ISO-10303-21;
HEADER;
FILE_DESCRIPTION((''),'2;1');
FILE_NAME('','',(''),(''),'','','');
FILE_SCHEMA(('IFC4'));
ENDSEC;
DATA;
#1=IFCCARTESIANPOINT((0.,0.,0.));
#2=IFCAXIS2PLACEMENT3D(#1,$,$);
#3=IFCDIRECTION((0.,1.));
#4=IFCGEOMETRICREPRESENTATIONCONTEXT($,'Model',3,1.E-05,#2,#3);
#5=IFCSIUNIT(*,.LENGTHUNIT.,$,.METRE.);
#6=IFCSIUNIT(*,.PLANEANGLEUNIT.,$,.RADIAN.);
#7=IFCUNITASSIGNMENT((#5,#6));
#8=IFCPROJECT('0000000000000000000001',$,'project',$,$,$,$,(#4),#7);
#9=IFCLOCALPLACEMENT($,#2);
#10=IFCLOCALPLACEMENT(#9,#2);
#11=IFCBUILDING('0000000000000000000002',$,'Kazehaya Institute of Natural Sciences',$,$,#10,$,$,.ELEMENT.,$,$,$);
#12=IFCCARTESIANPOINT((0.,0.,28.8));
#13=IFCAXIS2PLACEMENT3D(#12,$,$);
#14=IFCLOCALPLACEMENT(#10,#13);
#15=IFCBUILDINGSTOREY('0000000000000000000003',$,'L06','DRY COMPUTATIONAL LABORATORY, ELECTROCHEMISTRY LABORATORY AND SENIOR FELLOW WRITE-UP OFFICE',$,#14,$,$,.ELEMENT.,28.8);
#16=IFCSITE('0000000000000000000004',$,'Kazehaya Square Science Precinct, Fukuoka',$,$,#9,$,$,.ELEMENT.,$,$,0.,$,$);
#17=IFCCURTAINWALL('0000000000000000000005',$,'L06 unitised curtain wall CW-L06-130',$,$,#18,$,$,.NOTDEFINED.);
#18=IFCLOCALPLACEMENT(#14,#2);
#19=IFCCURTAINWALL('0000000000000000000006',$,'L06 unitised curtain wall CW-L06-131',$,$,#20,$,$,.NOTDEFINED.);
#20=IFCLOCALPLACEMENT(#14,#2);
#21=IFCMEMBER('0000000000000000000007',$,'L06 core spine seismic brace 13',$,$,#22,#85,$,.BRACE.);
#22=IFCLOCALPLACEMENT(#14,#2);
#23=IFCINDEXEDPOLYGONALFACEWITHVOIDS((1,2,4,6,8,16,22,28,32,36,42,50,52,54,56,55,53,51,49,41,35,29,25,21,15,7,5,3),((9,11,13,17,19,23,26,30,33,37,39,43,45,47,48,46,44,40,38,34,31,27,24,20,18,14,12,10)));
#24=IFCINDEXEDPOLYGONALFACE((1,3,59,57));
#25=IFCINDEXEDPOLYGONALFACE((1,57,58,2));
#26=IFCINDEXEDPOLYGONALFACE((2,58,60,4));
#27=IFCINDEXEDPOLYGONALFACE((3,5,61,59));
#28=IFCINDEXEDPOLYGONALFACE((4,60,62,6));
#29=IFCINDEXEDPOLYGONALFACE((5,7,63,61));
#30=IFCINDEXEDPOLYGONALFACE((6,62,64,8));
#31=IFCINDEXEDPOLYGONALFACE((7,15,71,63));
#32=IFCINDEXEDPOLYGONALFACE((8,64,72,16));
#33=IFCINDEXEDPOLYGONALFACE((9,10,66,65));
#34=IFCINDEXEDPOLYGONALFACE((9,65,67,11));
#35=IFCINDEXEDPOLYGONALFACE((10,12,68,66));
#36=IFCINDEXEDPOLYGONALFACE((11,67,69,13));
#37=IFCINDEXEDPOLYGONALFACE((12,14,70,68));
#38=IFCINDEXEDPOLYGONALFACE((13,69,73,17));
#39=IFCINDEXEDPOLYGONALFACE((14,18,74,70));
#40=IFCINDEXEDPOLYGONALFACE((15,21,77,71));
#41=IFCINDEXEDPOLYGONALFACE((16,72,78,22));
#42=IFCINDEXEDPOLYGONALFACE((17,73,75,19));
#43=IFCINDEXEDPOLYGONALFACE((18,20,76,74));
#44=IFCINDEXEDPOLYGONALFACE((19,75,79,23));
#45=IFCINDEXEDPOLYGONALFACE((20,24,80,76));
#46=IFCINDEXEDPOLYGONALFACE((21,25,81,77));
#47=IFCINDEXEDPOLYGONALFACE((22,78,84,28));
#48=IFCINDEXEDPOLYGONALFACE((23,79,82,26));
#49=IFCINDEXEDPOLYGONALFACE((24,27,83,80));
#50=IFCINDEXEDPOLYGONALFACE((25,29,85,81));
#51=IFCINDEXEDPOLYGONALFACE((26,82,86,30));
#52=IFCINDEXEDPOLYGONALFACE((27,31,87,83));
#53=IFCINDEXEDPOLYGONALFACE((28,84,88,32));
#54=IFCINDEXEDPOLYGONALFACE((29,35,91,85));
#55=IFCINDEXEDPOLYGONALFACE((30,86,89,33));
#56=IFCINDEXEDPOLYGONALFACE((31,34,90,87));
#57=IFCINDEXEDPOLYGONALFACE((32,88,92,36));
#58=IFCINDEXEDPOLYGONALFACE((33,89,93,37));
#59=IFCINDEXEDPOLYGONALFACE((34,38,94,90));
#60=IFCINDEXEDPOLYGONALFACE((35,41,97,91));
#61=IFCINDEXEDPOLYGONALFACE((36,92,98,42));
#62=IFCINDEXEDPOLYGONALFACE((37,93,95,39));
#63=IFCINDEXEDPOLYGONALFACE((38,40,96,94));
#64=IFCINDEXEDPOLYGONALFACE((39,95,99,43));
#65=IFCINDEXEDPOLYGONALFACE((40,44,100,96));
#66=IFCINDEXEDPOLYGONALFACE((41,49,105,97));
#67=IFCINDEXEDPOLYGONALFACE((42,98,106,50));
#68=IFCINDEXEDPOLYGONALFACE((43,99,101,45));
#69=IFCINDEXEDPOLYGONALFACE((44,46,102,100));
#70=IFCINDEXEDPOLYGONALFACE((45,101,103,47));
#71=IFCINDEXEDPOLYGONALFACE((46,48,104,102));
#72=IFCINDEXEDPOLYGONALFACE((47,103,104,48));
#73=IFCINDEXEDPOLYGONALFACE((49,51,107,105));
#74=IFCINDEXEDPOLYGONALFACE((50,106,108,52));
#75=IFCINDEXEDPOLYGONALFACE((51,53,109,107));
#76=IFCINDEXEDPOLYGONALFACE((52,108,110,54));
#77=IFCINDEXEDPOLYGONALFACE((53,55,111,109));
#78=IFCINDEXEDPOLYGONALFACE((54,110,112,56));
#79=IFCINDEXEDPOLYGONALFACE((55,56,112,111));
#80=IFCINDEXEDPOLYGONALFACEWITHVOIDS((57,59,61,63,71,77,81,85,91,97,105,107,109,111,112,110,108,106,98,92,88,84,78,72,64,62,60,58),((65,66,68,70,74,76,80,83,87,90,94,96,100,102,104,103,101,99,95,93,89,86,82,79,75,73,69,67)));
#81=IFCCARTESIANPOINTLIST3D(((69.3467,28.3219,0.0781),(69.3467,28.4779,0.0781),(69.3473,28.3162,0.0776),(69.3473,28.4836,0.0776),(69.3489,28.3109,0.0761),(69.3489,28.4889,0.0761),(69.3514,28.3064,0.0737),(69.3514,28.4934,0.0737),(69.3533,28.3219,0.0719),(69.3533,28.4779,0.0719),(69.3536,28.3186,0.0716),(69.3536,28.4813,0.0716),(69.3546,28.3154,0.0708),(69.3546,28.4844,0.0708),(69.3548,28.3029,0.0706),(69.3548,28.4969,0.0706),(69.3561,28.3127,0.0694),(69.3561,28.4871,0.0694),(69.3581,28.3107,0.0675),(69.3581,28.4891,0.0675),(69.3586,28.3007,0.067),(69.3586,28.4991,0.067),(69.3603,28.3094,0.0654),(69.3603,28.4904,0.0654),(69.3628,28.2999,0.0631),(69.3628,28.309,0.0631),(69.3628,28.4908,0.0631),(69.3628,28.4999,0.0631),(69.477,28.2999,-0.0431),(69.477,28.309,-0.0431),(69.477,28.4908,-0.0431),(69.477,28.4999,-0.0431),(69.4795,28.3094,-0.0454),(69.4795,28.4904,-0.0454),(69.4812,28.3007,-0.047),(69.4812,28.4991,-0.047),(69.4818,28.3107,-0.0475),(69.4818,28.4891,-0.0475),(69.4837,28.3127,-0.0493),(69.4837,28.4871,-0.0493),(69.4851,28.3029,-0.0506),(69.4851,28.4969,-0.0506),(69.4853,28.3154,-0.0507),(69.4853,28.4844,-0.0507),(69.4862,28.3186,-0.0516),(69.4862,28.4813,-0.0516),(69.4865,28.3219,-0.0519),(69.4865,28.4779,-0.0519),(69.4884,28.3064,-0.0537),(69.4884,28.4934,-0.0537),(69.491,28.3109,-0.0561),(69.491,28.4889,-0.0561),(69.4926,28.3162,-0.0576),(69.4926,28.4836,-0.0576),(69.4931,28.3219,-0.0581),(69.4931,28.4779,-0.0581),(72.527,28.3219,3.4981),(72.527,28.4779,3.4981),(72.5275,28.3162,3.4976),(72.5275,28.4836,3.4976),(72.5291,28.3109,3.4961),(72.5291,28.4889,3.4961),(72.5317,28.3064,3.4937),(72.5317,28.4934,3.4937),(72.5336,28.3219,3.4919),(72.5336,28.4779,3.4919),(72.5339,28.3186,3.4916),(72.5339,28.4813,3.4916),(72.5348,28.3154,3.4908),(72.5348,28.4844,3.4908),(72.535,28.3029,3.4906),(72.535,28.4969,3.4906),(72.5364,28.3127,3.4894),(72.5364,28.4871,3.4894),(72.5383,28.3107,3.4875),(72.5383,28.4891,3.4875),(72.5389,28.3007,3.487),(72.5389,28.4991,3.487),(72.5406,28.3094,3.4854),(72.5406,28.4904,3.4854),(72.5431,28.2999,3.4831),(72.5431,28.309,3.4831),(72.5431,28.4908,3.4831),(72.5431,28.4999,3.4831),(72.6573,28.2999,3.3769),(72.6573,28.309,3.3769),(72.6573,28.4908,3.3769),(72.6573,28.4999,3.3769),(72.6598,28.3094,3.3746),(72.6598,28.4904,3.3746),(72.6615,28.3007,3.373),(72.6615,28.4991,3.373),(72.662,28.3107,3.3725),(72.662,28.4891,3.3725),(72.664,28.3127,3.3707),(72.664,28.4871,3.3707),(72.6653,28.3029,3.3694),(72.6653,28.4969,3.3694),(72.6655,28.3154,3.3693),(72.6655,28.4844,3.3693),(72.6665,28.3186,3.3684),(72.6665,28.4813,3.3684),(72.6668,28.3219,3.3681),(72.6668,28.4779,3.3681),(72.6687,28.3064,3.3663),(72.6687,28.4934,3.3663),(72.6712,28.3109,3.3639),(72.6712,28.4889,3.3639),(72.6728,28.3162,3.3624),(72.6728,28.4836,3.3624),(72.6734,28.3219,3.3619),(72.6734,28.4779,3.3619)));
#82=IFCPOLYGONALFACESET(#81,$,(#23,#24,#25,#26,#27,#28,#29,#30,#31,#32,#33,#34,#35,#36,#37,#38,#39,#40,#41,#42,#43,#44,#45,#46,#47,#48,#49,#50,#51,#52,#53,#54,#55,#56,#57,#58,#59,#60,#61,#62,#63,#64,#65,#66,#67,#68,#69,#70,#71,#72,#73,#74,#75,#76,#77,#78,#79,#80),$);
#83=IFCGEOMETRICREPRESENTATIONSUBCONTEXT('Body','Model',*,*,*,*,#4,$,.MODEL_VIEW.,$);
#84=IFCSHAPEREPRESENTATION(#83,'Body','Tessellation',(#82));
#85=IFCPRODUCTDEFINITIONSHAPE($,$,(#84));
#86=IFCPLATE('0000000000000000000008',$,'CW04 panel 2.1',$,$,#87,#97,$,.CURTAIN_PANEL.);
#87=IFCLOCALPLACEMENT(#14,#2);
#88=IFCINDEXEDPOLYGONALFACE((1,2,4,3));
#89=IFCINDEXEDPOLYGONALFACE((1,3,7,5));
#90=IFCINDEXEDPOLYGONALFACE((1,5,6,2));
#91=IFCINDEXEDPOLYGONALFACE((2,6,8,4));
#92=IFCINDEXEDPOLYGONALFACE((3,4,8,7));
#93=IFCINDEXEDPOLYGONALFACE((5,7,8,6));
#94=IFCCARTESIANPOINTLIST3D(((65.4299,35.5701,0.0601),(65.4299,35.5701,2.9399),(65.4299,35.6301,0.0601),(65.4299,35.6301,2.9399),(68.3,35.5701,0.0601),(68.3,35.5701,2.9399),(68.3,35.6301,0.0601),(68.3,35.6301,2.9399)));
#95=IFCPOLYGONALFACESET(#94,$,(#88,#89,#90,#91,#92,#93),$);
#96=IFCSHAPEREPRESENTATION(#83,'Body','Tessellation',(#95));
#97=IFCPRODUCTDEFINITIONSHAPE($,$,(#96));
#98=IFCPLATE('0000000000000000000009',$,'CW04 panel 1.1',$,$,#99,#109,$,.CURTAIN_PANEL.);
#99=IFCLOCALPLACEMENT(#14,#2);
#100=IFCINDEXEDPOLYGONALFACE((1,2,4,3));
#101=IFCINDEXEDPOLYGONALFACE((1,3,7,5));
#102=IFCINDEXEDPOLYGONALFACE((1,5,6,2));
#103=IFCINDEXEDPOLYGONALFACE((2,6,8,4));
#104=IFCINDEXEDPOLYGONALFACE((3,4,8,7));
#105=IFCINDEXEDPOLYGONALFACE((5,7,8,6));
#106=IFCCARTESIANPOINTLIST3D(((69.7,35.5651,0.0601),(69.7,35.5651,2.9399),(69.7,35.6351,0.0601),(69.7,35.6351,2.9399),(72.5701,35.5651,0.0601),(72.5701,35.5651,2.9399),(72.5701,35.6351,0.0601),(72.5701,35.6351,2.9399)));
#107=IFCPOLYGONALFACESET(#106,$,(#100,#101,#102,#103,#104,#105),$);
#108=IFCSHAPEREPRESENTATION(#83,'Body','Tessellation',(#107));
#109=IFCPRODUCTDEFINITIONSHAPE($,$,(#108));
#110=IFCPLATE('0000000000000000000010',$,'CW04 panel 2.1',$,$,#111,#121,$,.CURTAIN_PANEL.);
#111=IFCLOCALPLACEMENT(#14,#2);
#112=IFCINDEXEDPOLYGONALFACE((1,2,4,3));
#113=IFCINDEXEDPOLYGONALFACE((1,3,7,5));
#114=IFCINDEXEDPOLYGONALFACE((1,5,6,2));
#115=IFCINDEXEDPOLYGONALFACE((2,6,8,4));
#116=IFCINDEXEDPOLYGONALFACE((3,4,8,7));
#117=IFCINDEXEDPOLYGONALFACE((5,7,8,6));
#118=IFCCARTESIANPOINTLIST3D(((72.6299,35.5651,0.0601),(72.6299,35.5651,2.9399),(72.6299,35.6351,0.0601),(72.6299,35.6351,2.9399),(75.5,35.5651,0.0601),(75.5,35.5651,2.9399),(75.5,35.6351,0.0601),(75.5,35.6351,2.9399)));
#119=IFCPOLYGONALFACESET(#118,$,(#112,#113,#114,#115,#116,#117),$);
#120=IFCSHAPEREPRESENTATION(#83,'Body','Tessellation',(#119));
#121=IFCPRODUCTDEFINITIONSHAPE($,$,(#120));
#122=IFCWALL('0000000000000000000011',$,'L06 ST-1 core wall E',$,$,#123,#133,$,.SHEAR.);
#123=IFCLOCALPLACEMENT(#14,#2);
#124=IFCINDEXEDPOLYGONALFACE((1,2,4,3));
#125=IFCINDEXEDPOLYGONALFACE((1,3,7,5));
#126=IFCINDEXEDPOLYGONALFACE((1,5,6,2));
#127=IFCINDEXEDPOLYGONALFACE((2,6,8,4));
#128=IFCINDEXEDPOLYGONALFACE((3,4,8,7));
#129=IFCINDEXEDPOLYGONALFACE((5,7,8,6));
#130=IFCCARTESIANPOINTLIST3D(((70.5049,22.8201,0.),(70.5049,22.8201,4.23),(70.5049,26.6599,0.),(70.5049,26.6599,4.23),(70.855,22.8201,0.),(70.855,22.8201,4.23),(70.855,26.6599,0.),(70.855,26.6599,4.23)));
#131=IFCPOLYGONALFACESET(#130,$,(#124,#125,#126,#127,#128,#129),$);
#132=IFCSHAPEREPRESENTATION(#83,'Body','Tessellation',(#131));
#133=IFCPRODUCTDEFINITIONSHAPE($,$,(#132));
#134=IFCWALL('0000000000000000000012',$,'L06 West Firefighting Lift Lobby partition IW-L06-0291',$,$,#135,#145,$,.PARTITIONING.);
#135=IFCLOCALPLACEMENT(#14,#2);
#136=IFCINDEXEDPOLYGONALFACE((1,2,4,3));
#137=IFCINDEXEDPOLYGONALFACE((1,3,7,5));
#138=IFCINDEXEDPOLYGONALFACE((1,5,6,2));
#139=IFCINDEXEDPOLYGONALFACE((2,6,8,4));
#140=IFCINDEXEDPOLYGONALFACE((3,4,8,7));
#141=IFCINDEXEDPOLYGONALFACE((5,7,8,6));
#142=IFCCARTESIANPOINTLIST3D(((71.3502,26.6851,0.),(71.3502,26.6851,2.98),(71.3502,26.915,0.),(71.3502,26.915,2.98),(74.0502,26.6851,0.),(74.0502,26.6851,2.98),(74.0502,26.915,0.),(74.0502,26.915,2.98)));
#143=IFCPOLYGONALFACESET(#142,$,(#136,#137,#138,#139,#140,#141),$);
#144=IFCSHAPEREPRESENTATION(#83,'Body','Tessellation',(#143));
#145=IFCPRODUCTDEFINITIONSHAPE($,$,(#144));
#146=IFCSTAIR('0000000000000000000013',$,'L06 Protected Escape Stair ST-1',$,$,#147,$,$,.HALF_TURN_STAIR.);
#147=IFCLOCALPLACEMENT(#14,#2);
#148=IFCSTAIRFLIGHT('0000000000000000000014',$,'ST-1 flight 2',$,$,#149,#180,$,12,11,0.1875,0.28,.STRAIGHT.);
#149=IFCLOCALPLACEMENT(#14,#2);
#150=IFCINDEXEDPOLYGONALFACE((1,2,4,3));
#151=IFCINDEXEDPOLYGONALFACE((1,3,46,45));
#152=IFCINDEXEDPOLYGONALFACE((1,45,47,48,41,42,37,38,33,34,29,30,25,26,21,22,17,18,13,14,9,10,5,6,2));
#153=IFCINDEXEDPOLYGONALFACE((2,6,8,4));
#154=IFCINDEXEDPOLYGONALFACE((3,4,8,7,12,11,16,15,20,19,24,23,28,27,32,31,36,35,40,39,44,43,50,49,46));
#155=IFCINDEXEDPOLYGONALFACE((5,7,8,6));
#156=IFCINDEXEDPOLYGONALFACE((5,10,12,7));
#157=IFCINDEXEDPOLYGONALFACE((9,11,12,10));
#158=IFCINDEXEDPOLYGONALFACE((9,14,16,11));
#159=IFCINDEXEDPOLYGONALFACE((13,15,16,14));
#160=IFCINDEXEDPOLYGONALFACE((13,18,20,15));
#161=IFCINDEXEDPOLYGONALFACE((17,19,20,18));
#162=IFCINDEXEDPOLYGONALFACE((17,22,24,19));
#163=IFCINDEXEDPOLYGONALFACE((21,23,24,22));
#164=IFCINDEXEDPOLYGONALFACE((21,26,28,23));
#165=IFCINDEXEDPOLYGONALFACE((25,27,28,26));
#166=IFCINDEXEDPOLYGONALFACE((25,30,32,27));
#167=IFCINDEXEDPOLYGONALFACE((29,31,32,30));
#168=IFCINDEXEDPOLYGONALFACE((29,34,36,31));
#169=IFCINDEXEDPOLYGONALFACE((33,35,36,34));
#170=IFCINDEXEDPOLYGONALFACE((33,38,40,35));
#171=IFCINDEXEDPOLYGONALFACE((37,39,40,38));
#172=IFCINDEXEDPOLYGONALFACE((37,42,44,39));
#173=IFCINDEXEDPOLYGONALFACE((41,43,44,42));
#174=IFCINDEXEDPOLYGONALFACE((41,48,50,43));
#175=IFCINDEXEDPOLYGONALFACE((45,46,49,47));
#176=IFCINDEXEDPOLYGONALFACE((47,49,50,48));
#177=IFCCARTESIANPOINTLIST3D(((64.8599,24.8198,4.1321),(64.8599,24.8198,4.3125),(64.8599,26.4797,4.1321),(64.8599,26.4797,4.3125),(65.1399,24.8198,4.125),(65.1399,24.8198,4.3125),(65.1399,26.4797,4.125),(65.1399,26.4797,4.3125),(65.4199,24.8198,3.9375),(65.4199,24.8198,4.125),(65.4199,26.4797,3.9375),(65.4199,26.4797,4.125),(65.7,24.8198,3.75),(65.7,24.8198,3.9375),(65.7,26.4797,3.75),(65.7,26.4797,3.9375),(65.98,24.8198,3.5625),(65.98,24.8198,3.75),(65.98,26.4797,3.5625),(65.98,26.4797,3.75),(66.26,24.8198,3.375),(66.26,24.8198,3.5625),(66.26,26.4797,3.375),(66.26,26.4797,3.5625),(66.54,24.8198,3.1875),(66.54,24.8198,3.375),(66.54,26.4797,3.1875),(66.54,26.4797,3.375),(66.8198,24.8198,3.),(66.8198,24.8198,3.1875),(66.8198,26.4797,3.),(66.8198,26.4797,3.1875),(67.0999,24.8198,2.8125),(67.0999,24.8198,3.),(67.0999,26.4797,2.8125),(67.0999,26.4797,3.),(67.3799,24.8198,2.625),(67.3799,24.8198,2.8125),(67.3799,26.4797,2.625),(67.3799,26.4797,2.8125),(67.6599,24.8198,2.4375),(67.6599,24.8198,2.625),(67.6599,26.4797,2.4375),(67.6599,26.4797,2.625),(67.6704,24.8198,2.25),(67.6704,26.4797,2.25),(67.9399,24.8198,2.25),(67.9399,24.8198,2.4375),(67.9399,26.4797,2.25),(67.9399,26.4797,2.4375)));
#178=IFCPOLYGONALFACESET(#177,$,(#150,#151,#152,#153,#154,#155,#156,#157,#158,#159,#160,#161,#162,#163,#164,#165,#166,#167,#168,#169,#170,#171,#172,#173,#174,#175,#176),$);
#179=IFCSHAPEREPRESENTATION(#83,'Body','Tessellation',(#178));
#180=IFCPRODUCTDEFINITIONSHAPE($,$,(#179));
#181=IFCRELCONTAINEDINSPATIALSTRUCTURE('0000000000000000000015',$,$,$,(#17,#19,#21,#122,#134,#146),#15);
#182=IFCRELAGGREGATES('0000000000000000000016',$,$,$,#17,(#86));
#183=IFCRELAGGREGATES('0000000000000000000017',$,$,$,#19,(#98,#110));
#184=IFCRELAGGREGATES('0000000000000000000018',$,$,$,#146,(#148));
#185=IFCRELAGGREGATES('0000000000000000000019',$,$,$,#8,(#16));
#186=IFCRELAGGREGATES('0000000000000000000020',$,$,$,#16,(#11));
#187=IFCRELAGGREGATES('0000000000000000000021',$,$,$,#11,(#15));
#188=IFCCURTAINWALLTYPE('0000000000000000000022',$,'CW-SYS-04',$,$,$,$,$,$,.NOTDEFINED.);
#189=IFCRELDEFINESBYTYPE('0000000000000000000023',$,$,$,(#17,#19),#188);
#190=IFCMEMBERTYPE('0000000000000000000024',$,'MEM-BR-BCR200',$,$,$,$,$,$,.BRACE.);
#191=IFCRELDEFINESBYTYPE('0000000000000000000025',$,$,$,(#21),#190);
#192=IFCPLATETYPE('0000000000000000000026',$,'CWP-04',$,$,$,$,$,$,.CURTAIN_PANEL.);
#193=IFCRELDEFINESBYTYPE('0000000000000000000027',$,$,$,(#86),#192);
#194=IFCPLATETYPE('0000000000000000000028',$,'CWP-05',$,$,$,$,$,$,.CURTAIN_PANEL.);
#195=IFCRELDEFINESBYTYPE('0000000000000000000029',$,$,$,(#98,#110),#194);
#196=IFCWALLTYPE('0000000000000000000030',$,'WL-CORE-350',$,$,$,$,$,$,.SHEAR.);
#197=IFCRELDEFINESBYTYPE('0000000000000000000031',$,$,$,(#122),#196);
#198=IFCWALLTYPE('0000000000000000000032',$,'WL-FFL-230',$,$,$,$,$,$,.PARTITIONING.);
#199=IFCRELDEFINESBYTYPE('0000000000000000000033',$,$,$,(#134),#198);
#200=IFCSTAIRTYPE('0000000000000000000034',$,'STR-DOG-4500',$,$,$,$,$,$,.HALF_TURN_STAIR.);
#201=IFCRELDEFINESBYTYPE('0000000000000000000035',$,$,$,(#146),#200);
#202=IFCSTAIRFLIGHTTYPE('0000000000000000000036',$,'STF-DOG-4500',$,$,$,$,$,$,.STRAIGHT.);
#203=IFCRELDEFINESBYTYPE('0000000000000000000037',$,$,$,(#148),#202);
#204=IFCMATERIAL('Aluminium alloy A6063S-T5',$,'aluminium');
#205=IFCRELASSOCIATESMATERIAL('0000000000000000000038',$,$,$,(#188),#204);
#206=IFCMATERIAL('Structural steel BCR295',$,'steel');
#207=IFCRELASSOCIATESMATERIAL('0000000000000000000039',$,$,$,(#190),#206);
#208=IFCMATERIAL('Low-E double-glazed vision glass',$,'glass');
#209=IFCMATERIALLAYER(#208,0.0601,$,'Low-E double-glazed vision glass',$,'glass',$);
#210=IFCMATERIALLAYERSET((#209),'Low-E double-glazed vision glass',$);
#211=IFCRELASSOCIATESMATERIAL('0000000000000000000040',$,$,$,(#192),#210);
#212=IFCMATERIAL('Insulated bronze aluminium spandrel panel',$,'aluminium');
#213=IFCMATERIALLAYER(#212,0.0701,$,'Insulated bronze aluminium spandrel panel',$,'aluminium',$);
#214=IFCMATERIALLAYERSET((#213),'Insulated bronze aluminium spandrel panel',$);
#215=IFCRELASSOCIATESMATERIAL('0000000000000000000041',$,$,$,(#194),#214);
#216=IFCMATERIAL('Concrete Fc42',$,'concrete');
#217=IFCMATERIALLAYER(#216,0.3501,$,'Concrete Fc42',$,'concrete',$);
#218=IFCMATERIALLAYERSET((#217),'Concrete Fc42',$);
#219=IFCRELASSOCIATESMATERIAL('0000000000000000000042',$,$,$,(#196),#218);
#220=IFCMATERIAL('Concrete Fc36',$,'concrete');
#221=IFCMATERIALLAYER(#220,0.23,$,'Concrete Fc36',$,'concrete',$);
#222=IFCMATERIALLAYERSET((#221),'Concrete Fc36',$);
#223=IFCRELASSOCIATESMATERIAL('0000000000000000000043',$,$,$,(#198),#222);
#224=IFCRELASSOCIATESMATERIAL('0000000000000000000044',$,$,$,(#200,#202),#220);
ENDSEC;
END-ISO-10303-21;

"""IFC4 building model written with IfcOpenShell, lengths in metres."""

from ifc_helpers import new_model, si_unit, direction, frame, frame_2d, origin, origin_2d, place, context, subcontext, project, spatial, polyline, rectangle, hollow_rectangle, outline, extrude, material, layer, layer_set, material_profile, profile_set, type_object, element, aggregate, save


model = new_model("IFC4")

# Units and contexts
model_context = context("Model", 3, precision=1e-05, world=origin(), true_north=direction((0.0, 1.0)))
body_context = subcontext(model_context, "Body", "Model", "MODEL_VIEW")
ifc_project = project(units=[si_unit("LENGTHUNIT", "METRE"), si_unit("PLANEANGLEUNIT", "RADIAN")], contexts=[model_context])

# Site, building, storey
site_placement = place(None, origin())
site = spatial("IfcSite", under=ifc_project, at=site_placement, Name="Kazehaya Square Science Precinct, Fukuoka", CompositionType="ELEMENT", RefElevation=0.0)
building_placement = place(site_placement, origin())
building = spatial("IfcBuilding", under=site, at=building_placement, Name="Kazehaya Institute of Natural Sciences", CompositionType="ELEMENT")
storey_placement = place(building_placement, frame((0.0, 0.0, 28.8)))
storey = spatial("IfcBuildingStorey", under=building, at=storey_placement, Name="L06", Description="DRY COMPUTATIONAL LABORATORY, ELECTROCHEMISTRY LABORATORY AND SENIOR FELLOW WRITE-UP OFFICE", CompositionType="ELEMENT", Elevation=28.8)

# Shared definitions
ifc_material_1 = material(Name="Concrete Fc36", Category="concrete")

# Curtain wall
ifc_material_2 = material(Name="Aluminium alloy A6063S-T5", Category="aluminium")
curtain_wall_type = type_object("IfcCurtainWallType", Name="CW-SYS-04", PredefinedType="NOTDEFINED", material=ifc_material_2)
curtain_wall_1_placement = place(storey_placement, origin())
curtain_wall_1 = element("IfcCurtainWall", 1, at=curtain_wall_1_placement, inside=storey, type_object=curtain_wall_type, Name="L06 unitised curtain wall CW-L06-130", PredefinedType="NOTDEFINED")

# Curtain wall
curtain_wall_2_placement = place(storey_placement, origin())
curtain_wall_2 = element("IfcCurtainWall", 2, at=curtain_wall_2_placement, inside=storey, type_object=curtain_wall_type, Name="L06 unitised curtain wall CW-L06-131", PredefinedType="NOTDEFINED")

# Member
ifc_material_3 = material(Name="Structural steel BCR295", Category="steel")
ifc_material_profile_1 = material_profile(ifc_material_3, hollow_rectangle(XDim=0.2, YDim=0.2, WallThickness=0.009, InnerFilletRadius=0.0129, OuterFilletRadius=0.022, at=origin_2d()), Name="BCR-200x200x9")
ifc_profile_set_1 = profile_set([ifc_material_profile_1], Name="Structural steel BCR295")
member_type_1 = type_object("IfcMemberType", Name="MEM-BR-BCR200", PredefinedType="BRACE", material=ifc_profile_set_1)
member_1_placement = place(storey_placement, frame((69.4199, 28.3999, 0.01), z_axis=(0.680972, 0.0, 0.732309), x_axis=(0.0, 1.0, 0.0)))
element("IfcMember", 3, at=member_1_placement, inside=storey, type_object=member_type_1, Name="L06 core spine seismic brace 13", PredefinedType="BRACE", context=body_context, shape_type="SweptSolid", body=[
    extrude(hollow_rectangle(XDim=0.2, YDim=0.2, WallThickness=0.009, InnerFilletRadius=0.0129, OuterFilletRadius=0.022, at=origin_2d()), origin(), (0.0, 0.0, 1.0), 4.6702),
])

# Plates
ifc_material_4 = material(Name="Low-E double-glazed vision glass", Category="glass")
ifc_layer_1 = layer(ifc_material_4, 0.0601, Name="Low-E double-glazed vision glass", Category="glass")
ifc_layer_set_1 = layer_set([ifc_layer_1], Name="Low-E double-glazed vision glass")
plate_type_1 = type_object("IfcPlateType", Name="CWP-04", PredefinedType="CURTAIN_PANEL", material=ifc_layer_set_1)
plate_1_placement = place(storey_placement, frame((66.865, 35.6001, 0.0601), z_axis=(0.0, 0.0, 1.0), x_axis=(1.0, 0.0, 0.0)))
plate_1 = element("IfcPlate", 4, at=plate_1_placement, type_object=plate_type_1, Name="CW04 panel 2.1", PredefinedType="CURTAIN_PANEL", context=body_context, shape_type="SweptSolid", body=[
    extrude(rectangle(XDim=2.8701, YDim=0.0601, at=origin_2d()), origin(), (0.0, 0.0, 1.0), 2.8799),
])
aggregate(curtain_wall_1, [plate_1])
ifc_material_5 = material(Name="Insulated bronze aluminium spandrel panel", Category="aluminium")
ifc_layer_2 = layer(ifc_material_5, 0.0701, Name="Insulated bronze aluminium spandrel panel", Category="aluminium")
ifc_layer_set_2 = layer_set([ifc_layer_2], Name="Insulated bronze aluminium spandrel panel")
plate_type_2 = type_object("IfcPlateType", Name="CWP-05", PredefinedType="CURTAIN_PANEL", material=ifc_layer_set_2)
plate_2_placement = place(storey_placement, frame((71.135, 35.6001, 0.0601), z_axis=(0.0, 0.0, 1.0), x_axis=(1.0, 0.0, 0.0)))
plate_2 = element("IfcPlate", 5, at=plate_2_placement, type_object=plate_type_2, Name="CW04 panel 1.1", PredefinedType="CURTAIN_PANEL", context=body_context, shape_type="SweptSolid", body=[
    extrude(rectangle(XDim=2.8701, YDim=0.0701, at=origin_2d()), origin(), (0.0, 0.0, 1.0), 2.8799),
])
plate_3_placement = place(storey_placement, frame((74.0649, 35.6001, 0.0601), z_axis=(0.0, 0.0, 1.0), x_axis=(1.0, 0.0, 0.0)))
plate_3 = element("IfcPlate", 6, at=plate_3_placement, type_object=plate_type_2, Name="CW04 panel 2.1", PredefinedType="CURTAIN_PANEL", context=body_context, shape_type="SweptSolid", body=[
    extrude(rectangle(XDim=2.8701, YDim=0.0701, at=origin_2d()), origin(), (0.0, 0.0, 1.0), 2.8799),
])
aggregate(curtain_wall_2, [plate_2, plate_3])

# Walls
ifc_material_6 = material(Name="Concrete Fc42", Category="concrete")
ifc_layer_3 = layer(ifc_material_6, 0.3501, Name="Concrete Fc42", Category="concrete")
ifc_layer_set_3 = layer_set([ifc_layer_3], Name="Concrete Fc42")
wall_type_1 = type_object("IfcWallType", Name="WL-CORE-350", PredefinedType="SHEAR", material=ifc_layer_set_3)
wall_1_placement = place(storey_placement, frame((70.6799, 26.6599, 0.0), z_axis=(0.0, 0.0, 1.0), x_axis=(0.0, -1.0, 0.0)))
element("IfcWall", 7, at=wall_1_placement, inside=storey, type_object=wall_type_1, Name="L06 ST-1 core wall E", PredefinedType="SHEAR", context=body_context, shape_type="SweptSolid", body=[
    extrude(rectangle(XDim=3.8398, YDim=0.3501, at=frame_2d((1.9199, 0.0))), origin(), (0.0, 0.0, 1.0), 4.23),
])
ifc_layer_4 = layer(ifc_material_1, 0.23, Name="Concrete Fc36", Category="concrete")
ifc_layer_set_4 = layer_set([ifc_layer_4], Name="Concrete Fc36")
wall_type_2 = type_object("IfcWallType", Name="WL-FFL-230", PredefinedType="PARTITIONING", material=ifc_layer_set_4)
wall_2_placement = place(storey_placement, frame((71.3501, 26.8, 0.0), z_axis=(0.0, 0.0, 1.0), x_axis=(1.0, 0.0, 0.0)))
element("IfcWall", 8, at=wall_2_placement, inside=storey, type_object=wall_type_2, Name="L06 West Firefighting Lift Lobby partition IW-L06-0291", PredefinedType="PARTITIONING", context=body_context, shape_type="SweptSolid", body=[
    extrude(rectangle(XDim=2.7, YDim=0.23, at=frame_2d((1.3501, 0.0))), origin(), (0.0, 0.0, 1.0), 2.98),
])

# Stair, stair flight
stair_type = type_object("IfcStairType", Name="STR-DOG-4500", PredefinedType="HALF_TURN_STAIR", material=ifc_material_1)
stair_placement = place(storey_placement, origin())
stair = element("IfcStair", 9, at=stair_placement, inside=storey, type_object=stair_type, Name="L06 Protected Escape Stair ST-1", PredefinedType="HALF_TURN_STAIR")
stair_flight_type = type_object("IfcStairFlightType", Name="STF-DOG-4500", PredefinedType="STRAIGHT", material=ifc_material_1)
stair_flight_placement = place(storey_placement, frame((67.9399, 25.6499, 2.25), z_axis=(0.0, 0.0, 1.0), x_axis=(-1.0, 0.0, 0.0)))
stair_flight = element("IfcStairFlight", 10, at=stair_flight_placement, type_object=stair_flight_type, Name="ST-1 flight 2", NumberOfRisers=12, NumberOfTreads=11, PredefinedType="STRAIGHT", RiserHeight=0.1875, TreadLength=0.28, context=body_context, shape_type="SweptSolid", body=[
    extrude(outline(polyline([(0.0, 0.0), (0.0, 0.1875), (0.28, 0.1875), (0.28, 0.375), (0.5601, 0.375), (0.5601, 0.5625), (0.8401, 0.5625), (0.8401, 0.75), (1.1201, 0.75), (1.1201, 0.9375), (1.3999, 0.9375), (1.3999, 1.125), (1.6799, 1.125), (1.6799, 1.3125), (1.96, 1.3125), (1.96, 1.5), (2.24, 1.5), (2.24, 1.6875), (2.52, 1.6875), (2.52, 1.875), (2.8, 1.875), (2.8, 2.0625), (3.0801, 2.0625), (3.0801, 2.25), (3.0801, 1.8821), (0.2695, 0.0), (0.0, 0.0)])), frame((0.0, 0.8301, 0.0), z_axis=(0.0, -1.0, 0.0), x_axis=(1.0, 0.0, 0.0)), (0.0, 0.0, 1.0), 1.6599),
])
aggregate(stair, [stair_flight])

save(model, "model.ifc")
